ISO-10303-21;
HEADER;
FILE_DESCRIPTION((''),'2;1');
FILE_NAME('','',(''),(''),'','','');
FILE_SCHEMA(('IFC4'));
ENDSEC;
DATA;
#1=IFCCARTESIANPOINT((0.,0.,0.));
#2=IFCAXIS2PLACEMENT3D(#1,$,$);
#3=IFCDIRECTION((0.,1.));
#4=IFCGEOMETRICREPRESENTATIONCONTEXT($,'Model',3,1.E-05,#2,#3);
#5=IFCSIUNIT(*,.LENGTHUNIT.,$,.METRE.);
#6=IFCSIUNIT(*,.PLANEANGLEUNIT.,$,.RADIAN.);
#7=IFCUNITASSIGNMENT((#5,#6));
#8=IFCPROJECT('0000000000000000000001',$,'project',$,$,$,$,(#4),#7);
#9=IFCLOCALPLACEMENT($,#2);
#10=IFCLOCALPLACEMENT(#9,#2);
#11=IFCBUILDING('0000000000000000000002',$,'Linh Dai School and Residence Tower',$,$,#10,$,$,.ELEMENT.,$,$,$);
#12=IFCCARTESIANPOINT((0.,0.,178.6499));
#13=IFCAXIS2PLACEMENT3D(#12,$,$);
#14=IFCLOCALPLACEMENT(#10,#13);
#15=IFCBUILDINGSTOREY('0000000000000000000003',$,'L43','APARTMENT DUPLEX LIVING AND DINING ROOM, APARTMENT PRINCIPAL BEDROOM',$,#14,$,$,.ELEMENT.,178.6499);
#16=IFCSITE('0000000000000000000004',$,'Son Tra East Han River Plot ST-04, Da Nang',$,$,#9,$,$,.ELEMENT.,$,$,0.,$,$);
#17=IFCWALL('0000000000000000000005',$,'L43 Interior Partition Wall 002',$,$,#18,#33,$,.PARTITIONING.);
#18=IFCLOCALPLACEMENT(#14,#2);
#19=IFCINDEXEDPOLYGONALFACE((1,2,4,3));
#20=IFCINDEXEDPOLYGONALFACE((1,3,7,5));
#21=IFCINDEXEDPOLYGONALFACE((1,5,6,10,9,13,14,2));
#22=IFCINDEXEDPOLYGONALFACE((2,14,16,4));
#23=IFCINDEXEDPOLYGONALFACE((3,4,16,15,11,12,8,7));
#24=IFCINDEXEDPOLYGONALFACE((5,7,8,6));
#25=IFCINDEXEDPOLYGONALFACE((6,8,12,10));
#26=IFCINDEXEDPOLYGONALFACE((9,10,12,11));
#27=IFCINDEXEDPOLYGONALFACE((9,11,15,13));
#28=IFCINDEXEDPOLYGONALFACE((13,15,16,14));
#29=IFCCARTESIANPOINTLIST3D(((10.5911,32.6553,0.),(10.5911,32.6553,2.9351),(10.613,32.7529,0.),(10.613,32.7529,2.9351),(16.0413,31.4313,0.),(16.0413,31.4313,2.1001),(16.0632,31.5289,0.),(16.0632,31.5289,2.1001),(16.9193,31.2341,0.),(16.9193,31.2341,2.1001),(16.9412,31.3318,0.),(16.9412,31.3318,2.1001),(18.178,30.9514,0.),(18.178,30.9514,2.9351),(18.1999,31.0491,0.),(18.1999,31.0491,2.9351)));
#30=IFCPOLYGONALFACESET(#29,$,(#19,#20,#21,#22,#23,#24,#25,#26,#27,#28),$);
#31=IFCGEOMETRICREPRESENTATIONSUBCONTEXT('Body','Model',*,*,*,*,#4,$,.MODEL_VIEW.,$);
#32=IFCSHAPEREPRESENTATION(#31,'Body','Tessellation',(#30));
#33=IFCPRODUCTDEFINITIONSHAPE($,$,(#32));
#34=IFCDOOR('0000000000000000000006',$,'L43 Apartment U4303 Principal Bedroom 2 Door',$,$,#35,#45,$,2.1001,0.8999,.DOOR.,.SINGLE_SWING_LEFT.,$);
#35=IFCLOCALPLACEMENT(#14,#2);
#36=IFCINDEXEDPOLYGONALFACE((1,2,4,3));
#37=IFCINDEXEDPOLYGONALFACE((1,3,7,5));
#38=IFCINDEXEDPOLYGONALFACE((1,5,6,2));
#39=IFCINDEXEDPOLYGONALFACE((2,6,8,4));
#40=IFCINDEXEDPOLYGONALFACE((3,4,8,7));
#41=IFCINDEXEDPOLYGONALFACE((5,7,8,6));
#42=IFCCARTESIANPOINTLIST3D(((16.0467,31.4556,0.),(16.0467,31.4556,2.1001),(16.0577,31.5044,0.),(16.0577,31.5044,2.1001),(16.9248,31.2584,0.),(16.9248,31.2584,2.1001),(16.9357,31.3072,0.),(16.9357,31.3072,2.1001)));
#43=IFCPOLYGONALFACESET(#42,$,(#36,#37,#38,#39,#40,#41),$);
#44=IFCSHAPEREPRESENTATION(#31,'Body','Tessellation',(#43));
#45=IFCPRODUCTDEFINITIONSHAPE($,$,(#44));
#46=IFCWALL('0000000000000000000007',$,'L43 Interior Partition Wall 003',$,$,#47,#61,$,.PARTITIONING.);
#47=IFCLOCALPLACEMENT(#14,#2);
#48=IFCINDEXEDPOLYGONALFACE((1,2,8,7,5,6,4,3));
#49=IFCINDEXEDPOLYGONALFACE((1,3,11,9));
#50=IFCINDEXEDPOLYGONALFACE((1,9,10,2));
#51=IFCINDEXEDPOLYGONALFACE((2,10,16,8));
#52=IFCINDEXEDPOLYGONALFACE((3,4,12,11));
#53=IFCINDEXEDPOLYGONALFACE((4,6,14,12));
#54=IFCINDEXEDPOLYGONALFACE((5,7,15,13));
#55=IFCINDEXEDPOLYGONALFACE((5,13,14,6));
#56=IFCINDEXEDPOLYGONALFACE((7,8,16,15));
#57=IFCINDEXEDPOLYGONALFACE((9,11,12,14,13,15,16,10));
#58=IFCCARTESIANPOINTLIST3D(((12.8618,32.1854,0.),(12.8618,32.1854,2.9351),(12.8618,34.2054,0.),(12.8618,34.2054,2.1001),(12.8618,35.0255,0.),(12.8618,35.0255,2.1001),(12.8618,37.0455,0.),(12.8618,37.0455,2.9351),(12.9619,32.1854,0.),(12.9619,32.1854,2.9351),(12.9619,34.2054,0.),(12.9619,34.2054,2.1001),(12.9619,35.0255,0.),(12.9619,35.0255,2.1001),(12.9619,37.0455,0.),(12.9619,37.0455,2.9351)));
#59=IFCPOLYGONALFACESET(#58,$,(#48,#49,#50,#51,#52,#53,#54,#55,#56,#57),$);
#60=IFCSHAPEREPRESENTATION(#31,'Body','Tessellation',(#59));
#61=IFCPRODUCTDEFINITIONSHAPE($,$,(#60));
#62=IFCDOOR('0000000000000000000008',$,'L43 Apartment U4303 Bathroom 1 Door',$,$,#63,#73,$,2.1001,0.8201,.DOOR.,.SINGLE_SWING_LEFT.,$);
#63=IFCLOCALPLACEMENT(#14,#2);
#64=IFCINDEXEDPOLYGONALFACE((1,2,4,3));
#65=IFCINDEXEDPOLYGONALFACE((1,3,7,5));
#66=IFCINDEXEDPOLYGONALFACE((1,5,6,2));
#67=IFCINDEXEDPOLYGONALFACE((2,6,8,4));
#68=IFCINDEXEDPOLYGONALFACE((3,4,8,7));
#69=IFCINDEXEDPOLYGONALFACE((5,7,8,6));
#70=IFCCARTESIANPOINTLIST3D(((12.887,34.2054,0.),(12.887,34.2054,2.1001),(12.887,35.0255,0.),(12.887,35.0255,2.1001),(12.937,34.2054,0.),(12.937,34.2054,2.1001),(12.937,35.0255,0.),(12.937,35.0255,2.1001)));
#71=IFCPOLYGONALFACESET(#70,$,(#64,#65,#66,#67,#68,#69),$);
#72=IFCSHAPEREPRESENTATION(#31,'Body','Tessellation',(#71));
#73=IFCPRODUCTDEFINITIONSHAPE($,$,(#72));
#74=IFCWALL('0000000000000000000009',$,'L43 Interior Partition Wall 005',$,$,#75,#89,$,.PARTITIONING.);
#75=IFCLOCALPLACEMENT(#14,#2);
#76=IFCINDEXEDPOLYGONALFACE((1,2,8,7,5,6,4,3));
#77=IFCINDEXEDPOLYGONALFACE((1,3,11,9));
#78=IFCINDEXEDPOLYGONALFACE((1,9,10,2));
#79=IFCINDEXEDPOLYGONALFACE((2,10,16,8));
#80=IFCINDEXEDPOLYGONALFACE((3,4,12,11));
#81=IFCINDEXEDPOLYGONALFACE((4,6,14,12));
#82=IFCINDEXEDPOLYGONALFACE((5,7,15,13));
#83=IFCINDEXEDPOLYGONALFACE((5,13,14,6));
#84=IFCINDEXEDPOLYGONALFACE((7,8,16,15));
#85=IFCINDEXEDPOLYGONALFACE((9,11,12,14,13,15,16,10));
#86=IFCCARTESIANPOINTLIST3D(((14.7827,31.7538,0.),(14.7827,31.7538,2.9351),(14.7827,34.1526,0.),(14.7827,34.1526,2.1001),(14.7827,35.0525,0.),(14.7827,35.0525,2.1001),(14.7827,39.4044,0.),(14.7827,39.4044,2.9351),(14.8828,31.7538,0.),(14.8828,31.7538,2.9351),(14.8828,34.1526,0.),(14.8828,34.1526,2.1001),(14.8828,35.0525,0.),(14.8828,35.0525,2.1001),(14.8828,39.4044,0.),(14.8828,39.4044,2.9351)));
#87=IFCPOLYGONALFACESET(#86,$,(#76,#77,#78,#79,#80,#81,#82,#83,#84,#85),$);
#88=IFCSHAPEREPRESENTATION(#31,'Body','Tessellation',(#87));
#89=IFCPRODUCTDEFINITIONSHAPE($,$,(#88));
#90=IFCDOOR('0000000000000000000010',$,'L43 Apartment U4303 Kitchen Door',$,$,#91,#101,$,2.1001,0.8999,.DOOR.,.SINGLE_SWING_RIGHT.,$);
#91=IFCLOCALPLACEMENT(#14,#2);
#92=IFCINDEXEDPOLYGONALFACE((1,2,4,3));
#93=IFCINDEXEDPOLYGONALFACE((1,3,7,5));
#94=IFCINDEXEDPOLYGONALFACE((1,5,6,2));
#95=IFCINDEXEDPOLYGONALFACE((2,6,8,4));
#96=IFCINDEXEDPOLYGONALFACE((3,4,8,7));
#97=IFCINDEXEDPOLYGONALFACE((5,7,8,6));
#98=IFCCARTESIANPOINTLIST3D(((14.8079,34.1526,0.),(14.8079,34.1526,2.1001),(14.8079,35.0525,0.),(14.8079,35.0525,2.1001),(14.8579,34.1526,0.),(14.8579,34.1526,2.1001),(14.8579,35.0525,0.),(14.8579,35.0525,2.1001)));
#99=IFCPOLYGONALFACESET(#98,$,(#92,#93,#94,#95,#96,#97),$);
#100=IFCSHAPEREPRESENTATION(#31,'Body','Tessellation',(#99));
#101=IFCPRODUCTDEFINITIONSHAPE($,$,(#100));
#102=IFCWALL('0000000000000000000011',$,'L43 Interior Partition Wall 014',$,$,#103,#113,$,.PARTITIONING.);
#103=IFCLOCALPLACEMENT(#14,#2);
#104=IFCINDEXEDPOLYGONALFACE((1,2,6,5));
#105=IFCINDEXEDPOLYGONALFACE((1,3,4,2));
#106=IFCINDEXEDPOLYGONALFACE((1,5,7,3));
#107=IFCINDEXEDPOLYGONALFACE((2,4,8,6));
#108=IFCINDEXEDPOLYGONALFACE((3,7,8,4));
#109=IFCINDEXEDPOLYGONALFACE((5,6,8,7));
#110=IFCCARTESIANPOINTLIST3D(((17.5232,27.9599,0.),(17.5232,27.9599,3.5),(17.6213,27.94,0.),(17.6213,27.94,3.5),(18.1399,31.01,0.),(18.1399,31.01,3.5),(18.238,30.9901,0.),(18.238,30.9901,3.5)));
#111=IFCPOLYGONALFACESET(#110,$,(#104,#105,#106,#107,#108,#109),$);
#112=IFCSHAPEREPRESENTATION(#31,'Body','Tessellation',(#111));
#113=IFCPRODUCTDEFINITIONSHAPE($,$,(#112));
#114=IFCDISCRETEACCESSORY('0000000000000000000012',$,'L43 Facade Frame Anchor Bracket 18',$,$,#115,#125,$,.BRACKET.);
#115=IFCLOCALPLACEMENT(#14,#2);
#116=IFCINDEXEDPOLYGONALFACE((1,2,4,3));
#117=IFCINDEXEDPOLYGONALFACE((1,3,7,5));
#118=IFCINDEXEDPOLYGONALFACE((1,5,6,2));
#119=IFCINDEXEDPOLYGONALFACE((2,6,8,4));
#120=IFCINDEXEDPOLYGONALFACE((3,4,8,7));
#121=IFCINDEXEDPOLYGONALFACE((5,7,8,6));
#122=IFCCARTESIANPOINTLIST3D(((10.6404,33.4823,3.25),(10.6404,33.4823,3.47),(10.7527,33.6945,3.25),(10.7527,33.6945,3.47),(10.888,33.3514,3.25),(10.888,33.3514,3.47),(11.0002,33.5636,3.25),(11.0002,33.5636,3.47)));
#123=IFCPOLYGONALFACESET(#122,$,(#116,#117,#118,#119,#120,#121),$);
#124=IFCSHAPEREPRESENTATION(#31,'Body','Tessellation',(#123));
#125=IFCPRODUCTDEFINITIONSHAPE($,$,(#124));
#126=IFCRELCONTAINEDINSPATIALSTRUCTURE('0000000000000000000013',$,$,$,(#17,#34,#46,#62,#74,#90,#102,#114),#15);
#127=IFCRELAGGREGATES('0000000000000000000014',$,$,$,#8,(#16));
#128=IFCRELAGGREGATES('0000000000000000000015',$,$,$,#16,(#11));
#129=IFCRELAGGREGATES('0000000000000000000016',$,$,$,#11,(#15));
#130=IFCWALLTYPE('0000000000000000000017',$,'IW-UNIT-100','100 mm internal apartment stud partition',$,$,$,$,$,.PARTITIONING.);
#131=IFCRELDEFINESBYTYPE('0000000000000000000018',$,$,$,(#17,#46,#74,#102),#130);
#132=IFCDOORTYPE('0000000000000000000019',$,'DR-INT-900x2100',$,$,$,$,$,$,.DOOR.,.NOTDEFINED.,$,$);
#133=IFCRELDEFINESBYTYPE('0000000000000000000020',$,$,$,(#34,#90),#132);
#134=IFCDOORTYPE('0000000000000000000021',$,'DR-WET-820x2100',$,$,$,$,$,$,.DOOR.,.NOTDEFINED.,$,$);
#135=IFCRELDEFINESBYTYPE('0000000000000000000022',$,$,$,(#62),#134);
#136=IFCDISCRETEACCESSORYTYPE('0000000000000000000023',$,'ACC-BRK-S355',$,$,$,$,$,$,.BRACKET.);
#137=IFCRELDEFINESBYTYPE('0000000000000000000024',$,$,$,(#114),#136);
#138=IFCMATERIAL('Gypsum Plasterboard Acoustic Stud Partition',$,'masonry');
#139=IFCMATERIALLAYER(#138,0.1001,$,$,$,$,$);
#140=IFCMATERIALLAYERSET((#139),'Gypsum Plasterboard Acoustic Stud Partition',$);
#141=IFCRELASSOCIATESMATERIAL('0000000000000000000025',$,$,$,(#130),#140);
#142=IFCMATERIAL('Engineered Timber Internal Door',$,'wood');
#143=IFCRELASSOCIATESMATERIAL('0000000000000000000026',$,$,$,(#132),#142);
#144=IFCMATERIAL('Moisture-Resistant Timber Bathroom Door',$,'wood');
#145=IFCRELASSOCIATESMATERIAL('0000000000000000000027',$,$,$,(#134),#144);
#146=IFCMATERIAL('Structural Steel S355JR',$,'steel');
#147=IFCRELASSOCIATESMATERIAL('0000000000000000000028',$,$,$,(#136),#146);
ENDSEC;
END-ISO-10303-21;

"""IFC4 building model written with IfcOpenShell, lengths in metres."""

from ifc_helpers import new_model, si_unit, direction, frame, frame_2d, origin, origin_2d, place, context, subcontext, project, spatial, rectangle, extrude, source, transform, mapped, material, layer, layer_set, type_object, element, fill, save


model = new_model("IFC4")

# Units and contexts
model_context = context("Model", 3, precision=1e-05, world=origin(), true_north=direction((0.0, 1.0)))
body_context = subcontext(model_context, "Body", "Model", "MODEL_VIEW")
ifc_project = project(units=[si_unit("LENGTHUNIT", "METRE"), si_unit("PLANEANGLEUNIT", "RADIAN")], contexts=[model_context])

# Site, building, storey
site_placement = place(None, origin())
site = spatial("IfcSite", under=ifc_project, at=site_placement, Name="Son Tra East Han River Plot ST-04, Da Nang", CompositionType="ELEMENT", RefElevation=0.0)
building_placement = place(site_placement, origin())
building = spatial("IfcBuilding", under=site, at=building_placement, Name="Linh Dai School and Residence Tower", CompositionType="ELEMENT")
storey_placement = place(building_placement, frame((0.0, 0.0, 178.6499)))
storey = spatial("IfcBuildingStorey", under=building, at=storey_placement, Name="L43", Description="APARTMENT DUPLEX LIVING AND DINING ROOM, APARTMENT PRINCIPAL BEDROOM", CompositionType="ELEMENT", Elevation=178.6499)

# Shared definitions
ifc_material_1 = material(Name="Structural Steel S355JR", Category="steel")

# Walls, openings, doors
ifc_material_2 = material(Name="Gypsum Plasterboard Acoustic Stud Partition", Category="masonry")
ifc_layer_1 = layer(ifc_material_2, 0.1001)
ifc_layer_set_1 = layer_set([ifc_layer_1], Name="Gypsum Plasterboard Acoustic Stud Partition")
wall_type_1 = type_object("IfcWallType", Name="IW-UNIT-100", Description="100 mm internal apartment stud partition", PredefinedType="PARTITIONING", material=ifc_layer_set_1)
wall_1_placement = place(storey_placement, frame((10.6021, 32.7041, 0.0), z_axis=(0.0, 0.0, 1.0), x_axis=(0.975698, -0.219121, 0.0)))
wall_1 = element("IfcWall", 1, at=wall_1_placement, inside=storey, type_object=wall_type_1, Name="L43 Interior Partition Wall 002", PredefinedType="PARTITIONING", context=body_context, shape_type="SweptSolid", body=[
    extrude(rectangle(XDim=7.7759, YDim=0.1001, at=frame_2d((3.8879, 0.0))), origin(), (0.0, 0.0, 1.0), 2.9351),
])
opening_1_placement = place(wall_1_placement, frame((5.5859, 0.0, 0.0)))
opening_1 = element("IfcOpeningElement", 2, at=opening_1_placement, cuts=wall_1, PredefinedType="OPENING", context=body_context, shape_type="SweptSolid", body=[
    extrude(rectangle(XDim=0.8999, YDim=2.1001, at=origin_2d()), frame((0.45, 0.0601, 1.05), z_axis=(0.0, -1.0, 0.0), x_axis=(1.0, 0.0, 0.0)), (0.0, 0.0, 1.0), 0.1201),
])
ifc_material_3 = material(Name="Engineered Timber Internal Door", Category="wood")
door_type_1 = type_object("IfcDoorType", Name="DR-INT-900x2100", OperationType="NOTDEFINED", PredefinedType="DOOR", material=ifc_material_3)
shared_shape_1 = source(origin(), body_context, "Body", "SweptSolid", [
    extrude(rectangle(XDim=0.8999, YDim=2.1001, at=origin_2d()), frame((0.45, 0.0249, 1.05), z_axis=(0.0, -1.0, 0.0), x_axis=(1.0, 0.0, 0.0)), (0.0, 0.0, 1.0), 0.05),
])
door_1_placement = place(opening_1_placement, origin())
door_1 = element("IfcDoor", 3, at=door_1_placement, inside=storey, type_object=door_type_1, Name="L43 Apartment U4303 Principal Bedroom 2 Door", OperationType="SINGLE_SWING_LEFT", OverallHeight=2.1001, OverallWidth=0.8999, PredefinedType="DOOR", context=body_context, shape_type="MappedRepresentation", body=[
    mapped(shared_shape_1, transform((0.0, 0.0, 0.0), x_axis=(1.0, 0.0, 0.0), y_axis=(0.0, 1.0, 0.0), z_axis=(0.0, 0.0, 1.0), scale=1.0)),
])
fill(opening_1, door_1)
wall_2_placement = place(storey_placement, frame((12.9119, 32.1853, 0.0), z_axis=(0.0, 0.0, 1.0), x_axis=(0.0, 1.0, 0.0)))
wall_2 = element("IfcWall", 4, at=wall_2_placement, inside=storey, type_object=wall_type_1, Name="L43 Interior Partition Wall 003", PredefinedType="PARTITIONING", context=body_context, shape_type="SweptSolid", body=[
    extrude(rectangle(XDim=4.8601, YDim=0.1001, at=frame_2d((2.4302, 0.0))), origin(), (0.0, 0.0, 1.0), 2.9351),
])
opening_2_placement = place(wall_2_placement, frame((2.02, 0.0, 0.0)))
opening_2 = element("IfcOpeningElement", 5, at=opening_2_placement, cuts=wall_2, PredefinedType="OPENING", context=body_context, shape_type="SweptSolid", body=[
    extrude(rectangle(XDim=0.8201, YDim=2.1001, at=origin_2d()), frame((0.4102, 0.0601, 1.05), z_axis=(0.0, -1.0, 0.0), x_axis=(1.0, 0.0, 0.0)), (0.0, 0.0, 1.0), 0.1201),
])
ifc_material_4 = material(Name="Moisture-Resistant Timber Bathroom Door", Category="wood")
door_type_2 = type_object("IfcDoorType", Name="DR-WET-820x2100", OperationType="NOTDEFINED", PredefinedType="DOOR", material=ifc_material_4)
shared_shape_2 = source(origin(), body_context, "Body", "SweptSolid", [
    extrude(rectangle(XDim=0.8201, YDim=2.1001, at=origin_2d()), frame((0.4102, 0.0249, 1.05), z_axis=(0.0, -1.0, 0.0), x_axis=(1.0, 0.0, 0.0)), (0.0, 0.0, 1.0), 0.05),
])
door_2_placement = place(opening_2_placement, origin())
door_2 = element("IfcDoor", 6, at=door_2_placement, inside=storey, type_object=door_type_2, Name="L43 Apartment U4303 Bathroom 1 Door", OperationType="SINGLE_SWING_LEFT", OverallHeight=2.1001, OverallWidth=0.8201, PredefinedType="DOOR", context=body_context, shape_type="MappedRepresentation", body=[
    mapped(shared_shape_2, transform((0.0, 0.0, 0.0), x_axis=(1.0, 0.0, 0.0), y_axis=(0.0, 1.0, 0.0), z_axis=(0.0, 0.0, 1.0), scale=1.0)),
])
fill(opening_2, door_2)
wall_3_placement = place(storey_placement, frame((14.8328, 31.7539, 0.0), z_axis=(0.0, 0.0, 1.0), x_axis=(0.0, 1.0, 0.0)))
wall_3 = element("IfcWall", 7, at=wall_3_placement, inside=storey, type_object=wall_type_1, Name="L43 Interior Partition Wall 005", PredefinedType="PARTITIONING", context=body_context, shape_type="SweptSolid", body=[
    extrude(rectangle(XDim=7.6506, YDim=0.1001, at=frame_2d((3.8252, 0.0))), origin(), (0.0, 0.0, 1.0), 2.9351),
])
opening_3_placement = place(wall_3_placement, frame((2.3987, 0.0, 0.0)))
opening_3 = element("IfcOpeningElement", 8, at=opening_3_placement, cuts=wall_3, PredefinedType="OPENING", context=body_context, shape_type="SweptSolid", body=[
    extrude(rectangle(XDim=0.8999, YDim=2.1001, at=origin_2d()), frame((0.45, 0.0601, 1.05), z_axis=(0.0, -1.0, 0.0), x_axis=(1.0, 0.0, 0.0)), (0.0, 0.0, 1.0), 0.1201),
])
door_3_placement = place(opening_3_placement, origin())
door_3 = element("IfcDoor", 9, at=door_3_placement, inside=storey, type_object=door_type_1, Name="L43 Apartment U4303 Kitchen Door", OperationType="SINGLE_SWING_RIGHT", OverallHeight=2.1001, OverallWidth=0.8999, PredefinedType="DOOR", context=body_context, shape_type="MappedRepresentation", body=[
    mapped(shared_shape_1, transform((0.0, 0.0, 0.0), x_axis=(1.0, 0.0, 0.0), y_axis=(0.0, 1.0, 0.0), z_axis=(0.0, 0.0, 1.0), scale=1.0)),
])
fill(opening_3, door_3)

# Wall
wall_4_placement = place(storey_placement, frame((17.5723, 27.95, 0.0), z_axis=(0.0, 0.0, 1.0), x_axis=(0.198183, 0.980165, 0.0)))
element("IfcWall", 10, at=wall_4_placement, inside=storey, type_object=wall_type_1, Name="L43 Interior Partition Wall 014", PredefinedType="PARTITIONING", context=body_context, shape_type="SweptSolid", body=[
    extrude(rectangle(XDim=3.1118, YDim=0.1001, at=frame_2d((1.5559, 0.0))), origin(), (0.0, 0.0, 1.0), 3.5),
])

# Discrete accessory
discrete_accessory_type = type_object("IfcDiscreteAccessoryType", Name="ACC-BRK-S355", PredefinedType="BRACKET", material=ifc_material_1)
shared_shape_3 = source(origin(), body_context, "Body", "SweptSolid", [
    extrude(rectangle(XDim=0.28, YDim=0.24, at=origin_2d()), origin(), (0.0, 0.0, 1.0), 0.22),
])
discrete_accessory_placement = place(storey_placement, frame((10.8203, 33.5229, 3.25), z_axis=(0.0, 0.0, 1.0), x_axis=(-0.883951, 0.46758, 0.0)))
element("IfcDiscreteAccessory", 11, at=discrete_accessory_placement, inside=storey, type_object=discrete_accessory_type, Name="L43 Facade Frame Anchor Bracket 18", PredefinedType="BRACKET", context=body_context, shape_type="MappedRepresentation", body=[
    mapped(shared_shape_3, transform((0.0, 0.0, 0.0), x_axis=(1.0, 0.0, 0.0), y_axis=(0.0, 1.0, 0.0), z_axis=(0.0, 0.0, 1.0), scale=1.0)),
])

save(model, "model.ifc")
